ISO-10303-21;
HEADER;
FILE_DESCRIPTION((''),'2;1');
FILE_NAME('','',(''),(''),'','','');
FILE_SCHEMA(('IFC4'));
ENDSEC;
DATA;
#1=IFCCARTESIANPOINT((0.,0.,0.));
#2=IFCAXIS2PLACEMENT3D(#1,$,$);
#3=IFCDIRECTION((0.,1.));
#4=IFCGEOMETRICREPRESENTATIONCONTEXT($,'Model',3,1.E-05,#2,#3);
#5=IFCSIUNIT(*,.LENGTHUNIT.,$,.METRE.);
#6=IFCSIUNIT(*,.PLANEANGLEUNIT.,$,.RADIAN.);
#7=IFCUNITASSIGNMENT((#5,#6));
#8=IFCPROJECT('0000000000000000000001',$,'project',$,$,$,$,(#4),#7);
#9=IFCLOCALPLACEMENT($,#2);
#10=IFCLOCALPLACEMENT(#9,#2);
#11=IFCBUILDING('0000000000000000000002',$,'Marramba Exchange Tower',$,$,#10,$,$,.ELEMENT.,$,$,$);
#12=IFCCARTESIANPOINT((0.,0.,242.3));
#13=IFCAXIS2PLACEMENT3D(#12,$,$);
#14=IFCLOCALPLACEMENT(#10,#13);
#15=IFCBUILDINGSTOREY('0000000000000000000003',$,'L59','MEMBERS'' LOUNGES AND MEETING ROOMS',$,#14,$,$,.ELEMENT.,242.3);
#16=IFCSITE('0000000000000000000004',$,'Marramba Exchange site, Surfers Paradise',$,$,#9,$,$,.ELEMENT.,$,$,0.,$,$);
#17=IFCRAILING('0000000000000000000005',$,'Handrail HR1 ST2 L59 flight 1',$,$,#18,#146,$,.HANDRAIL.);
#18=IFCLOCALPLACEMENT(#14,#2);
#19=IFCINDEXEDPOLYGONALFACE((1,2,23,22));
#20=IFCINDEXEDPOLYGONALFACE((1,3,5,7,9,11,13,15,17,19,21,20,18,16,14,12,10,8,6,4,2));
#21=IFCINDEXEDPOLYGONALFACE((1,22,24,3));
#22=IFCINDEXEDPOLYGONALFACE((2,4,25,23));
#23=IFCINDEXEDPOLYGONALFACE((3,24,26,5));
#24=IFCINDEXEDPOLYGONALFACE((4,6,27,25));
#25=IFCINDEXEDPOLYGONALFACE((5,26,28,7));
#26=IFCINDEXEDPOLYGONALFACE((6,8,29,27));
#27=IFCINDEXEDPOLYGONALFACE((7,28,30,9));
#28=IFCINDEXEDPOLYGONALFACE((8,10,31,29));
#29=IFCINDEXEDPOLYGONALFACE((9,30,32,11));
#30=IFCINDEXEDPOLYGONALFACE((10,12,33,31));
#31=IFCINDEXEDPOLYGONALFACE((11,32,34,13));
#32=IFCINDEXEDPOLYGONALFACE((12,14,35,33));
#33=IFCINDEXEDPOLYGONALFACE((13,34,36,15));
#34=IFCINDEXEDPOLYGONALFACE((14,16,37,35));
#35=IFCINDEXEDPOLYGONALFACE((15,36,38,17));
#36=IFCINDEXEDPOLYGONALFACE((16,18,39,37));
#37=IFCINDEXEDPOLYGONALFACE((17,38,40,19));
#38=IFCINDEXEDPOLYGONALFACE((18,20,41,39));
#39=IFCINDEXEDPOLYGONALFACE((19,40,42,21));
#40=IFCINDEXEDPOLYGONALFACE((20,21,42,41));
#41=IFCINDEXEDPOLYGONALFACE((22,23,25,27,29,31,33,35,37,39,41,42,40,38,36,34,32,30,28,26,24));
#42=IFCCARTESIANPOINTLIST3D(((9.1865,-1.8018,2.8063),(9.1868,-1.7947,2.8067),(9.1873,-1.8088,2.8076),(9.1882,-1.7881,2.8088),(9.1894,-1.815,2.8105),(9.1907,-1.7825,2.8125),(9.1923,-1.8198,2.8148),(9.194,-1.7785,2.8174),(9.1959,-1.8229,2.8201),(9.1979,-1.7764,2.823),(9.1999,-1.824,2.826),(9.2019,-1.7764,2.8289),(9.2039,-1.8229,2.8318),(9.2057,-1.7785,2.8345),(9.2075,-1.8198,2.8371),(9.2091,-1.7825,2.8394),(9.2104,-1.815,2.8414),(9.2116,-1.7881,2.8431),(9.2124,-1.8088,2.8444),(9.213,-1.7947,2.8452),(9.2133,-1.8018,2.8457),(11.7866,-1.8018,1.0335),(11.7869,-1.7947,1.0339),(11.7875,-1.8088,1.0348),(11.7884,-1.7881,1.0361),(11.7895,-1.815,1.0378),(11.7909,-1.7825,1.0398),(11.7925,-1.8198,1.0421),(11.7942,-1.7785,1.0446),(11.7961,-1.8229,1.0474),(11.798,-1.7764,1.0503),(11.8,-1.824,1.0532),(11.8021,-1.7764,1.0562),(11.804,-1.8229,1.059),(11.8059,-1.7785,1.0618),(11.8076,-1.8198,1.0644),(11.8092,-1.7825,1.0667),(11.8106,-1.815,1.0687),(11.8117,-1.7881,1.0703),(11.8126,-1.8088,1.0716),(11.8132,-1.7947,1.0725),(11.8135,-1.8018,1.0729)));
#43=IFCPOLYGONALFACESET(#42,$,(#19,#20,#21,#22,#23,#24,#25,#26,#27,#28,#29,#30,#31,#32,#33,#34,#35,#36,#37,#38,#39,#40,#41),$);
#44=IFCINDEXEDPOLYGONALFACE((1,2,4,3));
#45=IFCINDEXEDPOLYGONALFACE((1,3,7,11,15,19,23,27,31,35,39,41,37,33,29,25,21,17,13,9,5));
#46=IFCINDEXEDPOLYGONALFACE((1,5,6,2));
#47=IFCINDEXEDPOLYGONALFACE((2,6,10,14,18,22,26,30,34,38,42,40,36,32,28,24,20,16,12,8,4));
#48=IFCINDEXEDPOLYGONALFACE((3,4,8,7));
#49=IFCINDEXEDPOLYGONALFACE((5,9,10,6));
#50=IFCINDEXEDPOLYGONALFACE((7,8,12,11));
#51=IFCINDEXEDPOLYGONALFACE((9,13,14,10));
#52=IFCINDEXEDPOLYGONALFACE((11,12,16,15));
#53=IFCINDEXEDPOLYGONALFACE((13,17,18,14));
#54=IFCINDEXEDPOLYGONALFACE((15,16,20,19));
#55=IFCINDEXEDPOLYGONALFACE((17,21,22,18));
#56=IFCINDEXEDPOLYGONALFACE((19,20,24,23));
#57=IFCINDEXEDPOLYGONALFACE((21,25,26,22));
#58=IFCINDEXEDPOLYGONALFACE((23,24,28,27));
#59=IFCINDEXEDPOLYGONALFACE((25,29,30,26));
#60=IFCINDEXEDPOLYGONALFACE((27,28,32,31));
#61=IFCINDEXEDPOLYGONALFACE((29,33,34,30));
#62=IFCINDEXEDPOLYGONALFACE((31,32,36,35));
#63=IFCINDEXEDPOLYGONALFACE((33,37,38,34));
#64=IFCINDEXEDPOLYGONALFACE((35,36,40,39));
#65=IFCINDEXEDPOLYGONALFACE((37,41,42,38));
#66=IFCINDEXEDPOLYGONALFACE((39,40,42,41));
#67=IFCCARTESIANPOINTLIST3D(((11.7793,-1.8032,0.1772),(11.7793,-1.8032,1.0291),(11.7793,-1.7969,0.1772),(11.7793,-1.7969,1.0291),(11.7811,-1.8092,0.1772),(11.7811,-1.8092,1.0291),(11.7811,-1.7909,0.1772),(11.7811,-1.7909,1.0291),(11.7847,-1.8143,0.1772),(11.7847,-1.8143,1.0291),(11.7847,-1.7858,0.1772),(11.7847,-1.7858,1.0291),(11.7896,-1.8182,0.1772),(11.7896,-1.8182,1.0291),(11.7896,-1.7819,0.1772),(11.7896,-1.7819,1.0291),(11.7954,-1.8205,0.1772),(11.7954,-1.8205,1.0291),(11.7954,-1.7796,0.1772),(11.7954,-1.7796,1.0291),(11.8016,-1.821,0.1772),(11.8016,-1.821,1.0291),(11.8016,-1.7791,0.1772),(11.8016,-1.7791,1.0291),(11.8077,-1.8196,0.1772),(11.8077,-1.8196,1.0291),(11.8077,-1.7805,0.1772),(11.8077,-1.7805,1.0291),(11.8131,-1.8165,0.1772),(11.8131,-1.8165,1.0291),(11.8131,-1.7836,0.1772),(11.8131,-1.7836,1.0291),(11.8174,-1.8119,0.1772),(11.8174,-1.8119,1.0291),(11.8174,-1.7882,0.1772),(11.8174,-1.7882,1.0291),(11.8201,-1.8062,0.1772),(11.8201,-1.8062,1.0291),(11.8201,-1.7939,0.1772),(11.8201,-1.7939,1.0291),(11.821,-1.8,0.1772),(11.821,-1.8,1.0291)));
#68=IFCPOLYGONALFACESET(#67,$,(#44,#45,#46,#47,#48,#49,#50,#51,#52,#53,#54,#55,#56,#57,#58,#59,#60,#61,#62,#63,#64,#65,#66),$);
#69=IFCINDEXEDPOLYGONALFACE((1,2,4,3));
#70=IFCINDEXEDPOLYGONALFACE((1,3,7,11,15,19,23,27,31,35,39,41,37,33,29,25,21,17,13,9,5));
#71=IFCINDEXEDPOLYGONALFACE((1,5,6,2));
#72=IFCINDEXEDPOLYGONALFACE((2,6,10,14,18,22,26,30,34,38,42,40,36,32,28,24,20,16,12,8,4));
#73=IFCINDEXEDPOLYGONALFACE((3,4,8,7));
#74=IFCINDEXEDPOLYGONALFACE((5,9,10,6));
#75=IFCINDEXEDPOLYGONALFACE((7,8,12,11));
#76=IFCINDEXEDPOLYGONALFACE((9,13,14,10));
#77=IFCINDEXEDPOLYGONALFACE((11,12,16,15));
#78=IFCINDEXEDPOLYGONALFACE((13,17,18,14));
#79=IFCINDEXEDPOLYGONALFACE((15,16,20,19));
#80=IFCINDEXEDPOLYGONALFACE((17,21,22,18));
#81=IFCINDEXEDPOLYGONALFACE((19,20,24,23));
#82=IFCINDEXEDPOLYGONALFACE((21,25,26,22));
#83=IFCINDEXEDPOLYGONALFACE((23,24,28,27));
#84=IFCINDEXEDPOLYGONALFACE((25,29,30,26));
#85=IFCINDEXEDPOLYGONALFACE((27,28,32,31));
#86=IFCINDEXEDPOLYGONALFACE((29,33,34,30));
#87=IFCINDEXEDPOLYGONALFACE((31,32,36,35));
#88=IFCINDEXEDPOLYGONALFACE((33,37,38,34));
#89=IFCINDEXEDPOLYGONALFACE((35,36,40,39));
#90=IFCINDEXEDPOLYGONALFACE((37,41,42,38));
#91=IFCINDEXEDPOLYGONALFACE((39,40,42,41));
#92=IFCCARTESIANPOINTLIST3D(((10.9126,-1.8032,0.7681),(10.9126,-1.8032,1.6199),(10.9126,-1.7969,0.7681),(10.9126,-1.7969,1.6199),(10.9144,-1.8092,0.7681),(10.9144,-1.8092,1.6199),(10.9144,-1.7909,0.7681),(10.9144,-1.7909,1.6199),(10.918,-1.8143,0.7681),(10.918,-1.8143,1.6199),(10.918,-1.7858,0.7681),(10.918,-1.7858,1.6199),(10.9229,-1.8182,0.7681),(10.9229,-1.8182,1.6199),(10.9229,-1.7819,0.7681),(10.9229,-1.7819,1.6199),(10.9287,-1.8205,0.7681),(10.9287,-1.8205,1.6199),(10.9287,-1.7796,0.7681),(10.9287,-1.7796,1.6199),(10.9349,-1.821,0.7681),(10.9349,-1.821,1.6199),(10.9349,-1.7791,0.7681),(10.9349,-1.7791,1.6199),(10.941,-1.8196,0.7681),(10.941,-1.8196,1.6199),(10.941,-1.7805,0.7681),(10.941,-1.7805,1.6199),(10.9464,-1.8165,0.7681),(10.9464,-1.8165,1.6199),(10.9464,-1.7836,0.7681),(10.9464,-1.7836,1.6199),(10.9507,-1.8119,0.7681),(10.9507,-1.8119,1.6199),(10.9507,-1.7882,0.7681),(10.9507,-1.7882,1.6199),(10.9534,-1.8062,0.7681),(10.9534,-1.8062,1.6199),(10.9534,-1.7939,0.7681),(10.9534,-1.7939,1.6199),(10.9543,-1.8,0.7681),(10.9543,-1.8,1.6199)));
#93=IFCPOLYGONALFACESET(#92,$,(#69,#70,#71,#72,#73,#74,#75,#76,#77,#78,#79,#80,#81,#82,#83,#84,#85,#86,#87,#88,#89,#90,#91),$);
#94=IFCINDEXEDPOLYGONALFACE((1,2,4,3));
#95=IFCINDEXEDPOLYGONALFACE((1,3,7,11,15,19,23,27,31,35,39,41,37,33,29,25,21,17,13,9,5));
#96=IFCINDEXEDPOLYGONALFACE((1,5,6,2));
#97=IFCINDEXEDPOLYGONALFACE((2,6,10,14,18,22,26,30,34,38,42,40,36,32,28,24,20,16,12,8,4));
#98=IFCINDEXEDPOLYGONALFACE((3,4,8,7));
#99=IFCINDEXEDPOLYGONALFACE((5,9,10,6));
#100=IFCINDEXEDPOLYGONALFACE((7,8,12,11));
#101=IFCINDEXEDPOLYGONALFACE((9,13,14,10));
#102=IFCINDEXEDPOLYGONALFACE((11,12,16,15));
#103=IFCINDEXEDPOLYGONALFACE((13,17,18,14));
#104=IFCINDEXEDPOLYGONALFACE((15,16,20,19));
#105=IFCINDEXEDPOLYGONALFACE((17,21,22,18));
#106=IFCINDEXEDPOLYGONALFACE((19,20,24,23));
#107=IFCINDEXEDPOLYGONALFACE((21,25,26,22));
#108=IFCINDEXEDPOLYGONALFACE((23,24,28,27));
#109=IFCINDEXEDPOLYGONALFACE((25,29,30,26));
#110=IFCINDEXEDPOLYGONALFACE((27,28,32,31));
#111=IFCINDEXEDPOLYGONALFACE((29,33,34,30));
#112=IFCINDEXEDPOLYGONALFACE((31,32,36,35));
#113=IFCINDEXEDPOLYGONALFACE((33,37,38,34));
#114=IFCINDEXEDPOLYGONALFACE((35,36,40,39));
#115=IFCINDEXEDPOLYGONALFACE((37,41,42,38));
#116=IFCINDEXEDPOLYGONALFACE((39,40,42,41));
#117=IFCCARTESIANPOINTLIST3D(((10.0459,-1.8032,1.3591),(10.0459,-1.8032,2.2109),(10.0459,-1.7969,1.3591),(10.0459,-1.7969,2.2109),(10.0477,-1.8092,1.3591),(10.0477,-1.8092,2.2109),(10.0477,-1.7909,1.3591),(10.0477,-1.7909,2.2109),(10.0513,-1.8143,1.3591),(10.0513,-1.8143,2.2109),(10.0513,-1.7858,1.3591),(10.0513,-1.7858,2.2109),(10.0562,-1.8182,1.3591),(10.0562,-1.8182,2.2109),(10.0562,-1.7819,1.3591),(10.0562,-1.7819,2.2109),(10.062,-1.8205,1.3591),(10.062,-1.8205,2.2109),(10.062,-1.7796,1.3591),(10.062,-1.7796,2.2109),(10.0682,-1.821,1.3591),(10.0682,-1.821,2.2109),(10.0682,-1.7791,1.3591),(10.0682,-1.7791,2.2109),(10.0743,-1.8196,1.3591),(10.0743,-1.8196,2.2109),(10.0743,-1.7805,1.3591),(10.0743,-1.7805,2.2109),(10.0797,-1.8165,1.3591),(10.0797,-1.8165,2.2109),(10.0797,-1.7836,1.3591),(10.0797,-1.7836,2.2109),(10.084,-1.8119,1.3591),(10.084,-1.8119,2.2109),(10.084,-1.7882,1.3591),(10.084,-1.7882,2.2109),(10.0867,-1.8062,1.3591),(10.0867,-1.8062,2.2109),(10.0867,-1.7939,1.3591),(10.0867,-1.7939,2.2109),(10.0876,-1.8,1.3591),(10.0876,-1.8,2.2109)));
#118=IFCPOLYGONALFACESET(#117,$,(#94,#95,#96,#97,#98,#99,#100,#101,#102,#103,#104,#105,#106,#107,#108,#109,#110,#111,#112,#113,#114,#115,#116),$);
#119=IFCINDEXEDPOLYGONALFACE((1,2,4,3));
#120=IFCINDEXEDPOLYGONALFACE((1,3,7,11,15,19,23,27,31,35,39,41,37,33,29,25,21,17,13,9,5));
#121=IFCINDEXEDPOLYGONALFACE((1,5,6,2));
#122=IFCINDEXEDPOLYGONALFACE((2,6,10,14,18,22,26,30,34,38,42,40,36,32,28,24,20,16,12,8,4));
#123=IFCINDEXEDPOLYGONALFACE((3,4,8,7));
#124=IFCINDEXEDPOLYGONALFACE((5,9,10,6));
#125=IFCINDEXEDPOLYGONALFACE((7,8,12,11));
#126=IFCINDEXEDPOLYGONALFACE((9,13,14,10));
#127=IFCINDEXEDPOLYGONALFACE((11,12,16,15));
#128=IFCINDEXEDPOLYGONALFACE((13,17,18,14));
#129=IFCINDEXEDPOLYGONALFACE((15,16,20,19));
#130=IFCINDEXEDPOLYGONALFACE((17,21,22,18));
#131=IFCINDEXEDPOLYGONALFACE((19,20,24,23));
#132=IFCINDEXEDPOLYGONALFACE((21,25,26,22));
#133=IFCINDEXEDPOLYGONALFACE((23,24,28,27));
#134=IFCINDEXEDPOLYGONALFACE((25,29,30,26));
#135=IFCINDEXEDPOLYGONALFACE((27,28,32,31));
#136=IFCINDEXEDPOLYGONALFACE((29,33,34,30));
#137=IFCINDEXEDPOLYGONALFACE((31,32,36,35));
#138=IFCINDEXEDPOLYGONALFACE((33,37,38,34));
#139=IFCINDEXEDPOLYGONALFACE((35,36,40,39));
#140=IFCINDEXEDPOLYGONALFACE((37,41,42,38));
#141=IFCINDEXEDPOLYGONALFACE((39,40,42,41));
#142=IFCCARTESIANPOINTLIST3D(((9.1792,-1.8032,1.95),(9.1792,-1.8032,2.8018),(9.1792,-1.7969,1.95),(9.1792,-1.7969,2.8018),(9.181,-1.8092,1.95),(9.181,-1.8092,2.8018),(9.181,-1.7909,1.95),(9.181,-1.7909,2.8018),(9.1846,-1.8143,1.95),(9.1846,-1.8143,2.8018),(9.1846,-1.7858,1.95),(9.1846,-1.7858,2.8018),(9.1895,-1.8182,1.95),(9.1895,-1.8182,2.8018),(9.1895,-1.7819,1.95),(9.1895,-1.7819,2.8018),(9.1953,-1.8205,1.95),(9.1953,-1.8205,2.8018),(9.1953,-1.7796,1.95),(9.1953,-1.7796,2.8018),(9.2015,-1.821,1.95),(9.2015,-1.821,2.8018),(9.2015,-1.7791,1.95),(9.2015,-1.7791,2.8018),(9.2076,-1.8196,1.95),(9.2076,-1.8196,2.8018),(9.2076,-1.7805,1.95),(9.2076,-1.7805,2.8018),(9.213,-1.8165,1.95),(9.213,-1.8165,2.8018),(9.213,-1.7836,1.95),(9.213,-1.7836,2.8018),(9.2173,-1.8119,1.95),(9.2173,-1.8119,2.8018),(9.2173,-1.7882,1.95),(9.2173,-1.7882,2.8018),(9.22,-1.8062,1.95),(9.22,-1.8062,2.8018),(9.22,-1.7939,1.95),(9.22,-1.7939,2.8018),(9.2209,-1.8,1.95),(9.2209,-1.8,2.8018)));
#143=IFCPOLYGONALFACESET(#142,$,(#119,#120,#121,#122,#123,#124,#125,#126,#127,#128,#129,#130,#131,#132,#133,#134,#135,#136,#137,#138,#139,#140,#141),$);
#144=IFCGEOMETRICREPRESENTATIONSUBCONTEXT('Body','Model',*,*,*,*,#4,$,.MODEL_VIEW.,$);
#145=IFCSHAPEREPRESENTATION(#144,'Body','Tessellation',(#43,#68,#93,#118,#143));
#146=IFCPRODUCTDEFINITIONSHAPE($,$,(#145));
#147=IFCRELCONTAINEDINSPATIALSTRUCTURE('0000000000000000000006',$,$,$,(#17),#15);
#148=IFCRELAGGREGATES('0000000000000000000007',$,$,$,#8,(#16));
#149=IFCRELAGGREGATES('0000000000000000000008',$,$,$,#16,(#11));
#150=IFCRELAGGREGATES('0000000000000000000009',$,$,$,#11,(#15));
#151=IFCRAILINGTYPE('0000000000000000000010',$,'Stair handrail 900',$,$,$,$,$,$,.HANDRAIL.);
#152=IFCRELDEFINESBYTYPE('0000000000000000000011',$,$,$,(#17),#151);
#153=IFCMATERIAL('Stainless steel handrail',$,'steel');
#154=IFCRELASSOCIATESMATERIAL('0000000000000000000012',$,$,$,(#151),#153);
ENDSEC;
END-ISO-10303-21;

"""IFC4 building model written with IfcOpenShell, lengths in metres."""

from ifc_helpers import new_model, si_unit, direction, frame, origin, origin_2d, place, context, subcontext, project, spatial, circle, extrude, material, type_object, element, save


model = new_model("IFC4")

# Units and contexts
model_context = context("Model", 3, precision=1e-05, world=origin(), true_north=direction((0.0, 1.0)))
body_context = subcontext(model_context, "Body", "Model", "MODEL_VIEW")
ifc_project = project(units=[si_unit("LENGTHUNIT", "METRE"), si_unit("PLANEANGLEUNIT", "RADIAN")], contexts=[model_context])

# Site, building, storey
site_placement = place(None, origin())
site = spatial("IfcSite", under=ifc_project, at=site_placement, Name="Marramba Exchange site, Surfers Paradise", CompositionType="ELEMENT", RefElevation=0.0)
building_placement = place(site_placement, origin())
building = spatial("IfcBuilding", under=site, at=building_placement, Name="Marramba Exchange Tower", CompositionType="ELEMENT")
storey_placement = place(building_placement, frame((0.0, 0.0, 242.3)))
storey = spatial("IfcBuildingStorey", under=building, at=storey_placement, Name="L59", Description="MEMBERS' LOUNGES AND MEETING ROOMS", CompositionType="ELEMENT", Elevation=242.3)

# Railing
ifc_material_1 = material(Name="Stainless steel handrail", Category="steel")
railing_type = type_object("IfcRailingType", Name="Stair handrail 900", PredefinedType="HANDRAIL", material=ifc_material_1)
railing_placement = place(storey_placement, frame((11.8, -1.8, 0.1772)))
element("IfcRailing", 1, at=railing_placement, inside=storey, type_object=railing_type, Name="Handrail HR1 ST2 L59 flight 1", PredefinedType="HANDRAIL", context=body_context, shape_type="SweptSolid", body=[
    extrude(circle(Radius=0.0239, at=origin_2d()), frame((0.0, 0.0, 0.876), z_axis=(-0.82624, 0.0, 0.563318), x_axis=(0.0, -1.0, 0.0)), (0.0, 0.0, 1.0), 3.147),
    extrude(circle(Radius=0.021, at=origin_2d()), origin(), (0.0, 0.0, 1.0), 0.8518),
    extrude(circle(Radius=0.021, at=origin_2d()), frame((-0.8667, 0.0, 0.5908)), (0.0, 0.0, 1.0), 0.8518),
    extrude(circle(Radius=0.021, at=origin_2d()), frame((-1.7334, 0.0, 1.1819)), (0.0, 0.0, 1.0), 0.8518),
    extrude(circle(Radius=0.021, at=origin_2d()), frame((-2.6001, 0.0, 1.7727)), (0.0, 0.0, 1.0), 0.8518),
])

save(model, "model.ifc")
